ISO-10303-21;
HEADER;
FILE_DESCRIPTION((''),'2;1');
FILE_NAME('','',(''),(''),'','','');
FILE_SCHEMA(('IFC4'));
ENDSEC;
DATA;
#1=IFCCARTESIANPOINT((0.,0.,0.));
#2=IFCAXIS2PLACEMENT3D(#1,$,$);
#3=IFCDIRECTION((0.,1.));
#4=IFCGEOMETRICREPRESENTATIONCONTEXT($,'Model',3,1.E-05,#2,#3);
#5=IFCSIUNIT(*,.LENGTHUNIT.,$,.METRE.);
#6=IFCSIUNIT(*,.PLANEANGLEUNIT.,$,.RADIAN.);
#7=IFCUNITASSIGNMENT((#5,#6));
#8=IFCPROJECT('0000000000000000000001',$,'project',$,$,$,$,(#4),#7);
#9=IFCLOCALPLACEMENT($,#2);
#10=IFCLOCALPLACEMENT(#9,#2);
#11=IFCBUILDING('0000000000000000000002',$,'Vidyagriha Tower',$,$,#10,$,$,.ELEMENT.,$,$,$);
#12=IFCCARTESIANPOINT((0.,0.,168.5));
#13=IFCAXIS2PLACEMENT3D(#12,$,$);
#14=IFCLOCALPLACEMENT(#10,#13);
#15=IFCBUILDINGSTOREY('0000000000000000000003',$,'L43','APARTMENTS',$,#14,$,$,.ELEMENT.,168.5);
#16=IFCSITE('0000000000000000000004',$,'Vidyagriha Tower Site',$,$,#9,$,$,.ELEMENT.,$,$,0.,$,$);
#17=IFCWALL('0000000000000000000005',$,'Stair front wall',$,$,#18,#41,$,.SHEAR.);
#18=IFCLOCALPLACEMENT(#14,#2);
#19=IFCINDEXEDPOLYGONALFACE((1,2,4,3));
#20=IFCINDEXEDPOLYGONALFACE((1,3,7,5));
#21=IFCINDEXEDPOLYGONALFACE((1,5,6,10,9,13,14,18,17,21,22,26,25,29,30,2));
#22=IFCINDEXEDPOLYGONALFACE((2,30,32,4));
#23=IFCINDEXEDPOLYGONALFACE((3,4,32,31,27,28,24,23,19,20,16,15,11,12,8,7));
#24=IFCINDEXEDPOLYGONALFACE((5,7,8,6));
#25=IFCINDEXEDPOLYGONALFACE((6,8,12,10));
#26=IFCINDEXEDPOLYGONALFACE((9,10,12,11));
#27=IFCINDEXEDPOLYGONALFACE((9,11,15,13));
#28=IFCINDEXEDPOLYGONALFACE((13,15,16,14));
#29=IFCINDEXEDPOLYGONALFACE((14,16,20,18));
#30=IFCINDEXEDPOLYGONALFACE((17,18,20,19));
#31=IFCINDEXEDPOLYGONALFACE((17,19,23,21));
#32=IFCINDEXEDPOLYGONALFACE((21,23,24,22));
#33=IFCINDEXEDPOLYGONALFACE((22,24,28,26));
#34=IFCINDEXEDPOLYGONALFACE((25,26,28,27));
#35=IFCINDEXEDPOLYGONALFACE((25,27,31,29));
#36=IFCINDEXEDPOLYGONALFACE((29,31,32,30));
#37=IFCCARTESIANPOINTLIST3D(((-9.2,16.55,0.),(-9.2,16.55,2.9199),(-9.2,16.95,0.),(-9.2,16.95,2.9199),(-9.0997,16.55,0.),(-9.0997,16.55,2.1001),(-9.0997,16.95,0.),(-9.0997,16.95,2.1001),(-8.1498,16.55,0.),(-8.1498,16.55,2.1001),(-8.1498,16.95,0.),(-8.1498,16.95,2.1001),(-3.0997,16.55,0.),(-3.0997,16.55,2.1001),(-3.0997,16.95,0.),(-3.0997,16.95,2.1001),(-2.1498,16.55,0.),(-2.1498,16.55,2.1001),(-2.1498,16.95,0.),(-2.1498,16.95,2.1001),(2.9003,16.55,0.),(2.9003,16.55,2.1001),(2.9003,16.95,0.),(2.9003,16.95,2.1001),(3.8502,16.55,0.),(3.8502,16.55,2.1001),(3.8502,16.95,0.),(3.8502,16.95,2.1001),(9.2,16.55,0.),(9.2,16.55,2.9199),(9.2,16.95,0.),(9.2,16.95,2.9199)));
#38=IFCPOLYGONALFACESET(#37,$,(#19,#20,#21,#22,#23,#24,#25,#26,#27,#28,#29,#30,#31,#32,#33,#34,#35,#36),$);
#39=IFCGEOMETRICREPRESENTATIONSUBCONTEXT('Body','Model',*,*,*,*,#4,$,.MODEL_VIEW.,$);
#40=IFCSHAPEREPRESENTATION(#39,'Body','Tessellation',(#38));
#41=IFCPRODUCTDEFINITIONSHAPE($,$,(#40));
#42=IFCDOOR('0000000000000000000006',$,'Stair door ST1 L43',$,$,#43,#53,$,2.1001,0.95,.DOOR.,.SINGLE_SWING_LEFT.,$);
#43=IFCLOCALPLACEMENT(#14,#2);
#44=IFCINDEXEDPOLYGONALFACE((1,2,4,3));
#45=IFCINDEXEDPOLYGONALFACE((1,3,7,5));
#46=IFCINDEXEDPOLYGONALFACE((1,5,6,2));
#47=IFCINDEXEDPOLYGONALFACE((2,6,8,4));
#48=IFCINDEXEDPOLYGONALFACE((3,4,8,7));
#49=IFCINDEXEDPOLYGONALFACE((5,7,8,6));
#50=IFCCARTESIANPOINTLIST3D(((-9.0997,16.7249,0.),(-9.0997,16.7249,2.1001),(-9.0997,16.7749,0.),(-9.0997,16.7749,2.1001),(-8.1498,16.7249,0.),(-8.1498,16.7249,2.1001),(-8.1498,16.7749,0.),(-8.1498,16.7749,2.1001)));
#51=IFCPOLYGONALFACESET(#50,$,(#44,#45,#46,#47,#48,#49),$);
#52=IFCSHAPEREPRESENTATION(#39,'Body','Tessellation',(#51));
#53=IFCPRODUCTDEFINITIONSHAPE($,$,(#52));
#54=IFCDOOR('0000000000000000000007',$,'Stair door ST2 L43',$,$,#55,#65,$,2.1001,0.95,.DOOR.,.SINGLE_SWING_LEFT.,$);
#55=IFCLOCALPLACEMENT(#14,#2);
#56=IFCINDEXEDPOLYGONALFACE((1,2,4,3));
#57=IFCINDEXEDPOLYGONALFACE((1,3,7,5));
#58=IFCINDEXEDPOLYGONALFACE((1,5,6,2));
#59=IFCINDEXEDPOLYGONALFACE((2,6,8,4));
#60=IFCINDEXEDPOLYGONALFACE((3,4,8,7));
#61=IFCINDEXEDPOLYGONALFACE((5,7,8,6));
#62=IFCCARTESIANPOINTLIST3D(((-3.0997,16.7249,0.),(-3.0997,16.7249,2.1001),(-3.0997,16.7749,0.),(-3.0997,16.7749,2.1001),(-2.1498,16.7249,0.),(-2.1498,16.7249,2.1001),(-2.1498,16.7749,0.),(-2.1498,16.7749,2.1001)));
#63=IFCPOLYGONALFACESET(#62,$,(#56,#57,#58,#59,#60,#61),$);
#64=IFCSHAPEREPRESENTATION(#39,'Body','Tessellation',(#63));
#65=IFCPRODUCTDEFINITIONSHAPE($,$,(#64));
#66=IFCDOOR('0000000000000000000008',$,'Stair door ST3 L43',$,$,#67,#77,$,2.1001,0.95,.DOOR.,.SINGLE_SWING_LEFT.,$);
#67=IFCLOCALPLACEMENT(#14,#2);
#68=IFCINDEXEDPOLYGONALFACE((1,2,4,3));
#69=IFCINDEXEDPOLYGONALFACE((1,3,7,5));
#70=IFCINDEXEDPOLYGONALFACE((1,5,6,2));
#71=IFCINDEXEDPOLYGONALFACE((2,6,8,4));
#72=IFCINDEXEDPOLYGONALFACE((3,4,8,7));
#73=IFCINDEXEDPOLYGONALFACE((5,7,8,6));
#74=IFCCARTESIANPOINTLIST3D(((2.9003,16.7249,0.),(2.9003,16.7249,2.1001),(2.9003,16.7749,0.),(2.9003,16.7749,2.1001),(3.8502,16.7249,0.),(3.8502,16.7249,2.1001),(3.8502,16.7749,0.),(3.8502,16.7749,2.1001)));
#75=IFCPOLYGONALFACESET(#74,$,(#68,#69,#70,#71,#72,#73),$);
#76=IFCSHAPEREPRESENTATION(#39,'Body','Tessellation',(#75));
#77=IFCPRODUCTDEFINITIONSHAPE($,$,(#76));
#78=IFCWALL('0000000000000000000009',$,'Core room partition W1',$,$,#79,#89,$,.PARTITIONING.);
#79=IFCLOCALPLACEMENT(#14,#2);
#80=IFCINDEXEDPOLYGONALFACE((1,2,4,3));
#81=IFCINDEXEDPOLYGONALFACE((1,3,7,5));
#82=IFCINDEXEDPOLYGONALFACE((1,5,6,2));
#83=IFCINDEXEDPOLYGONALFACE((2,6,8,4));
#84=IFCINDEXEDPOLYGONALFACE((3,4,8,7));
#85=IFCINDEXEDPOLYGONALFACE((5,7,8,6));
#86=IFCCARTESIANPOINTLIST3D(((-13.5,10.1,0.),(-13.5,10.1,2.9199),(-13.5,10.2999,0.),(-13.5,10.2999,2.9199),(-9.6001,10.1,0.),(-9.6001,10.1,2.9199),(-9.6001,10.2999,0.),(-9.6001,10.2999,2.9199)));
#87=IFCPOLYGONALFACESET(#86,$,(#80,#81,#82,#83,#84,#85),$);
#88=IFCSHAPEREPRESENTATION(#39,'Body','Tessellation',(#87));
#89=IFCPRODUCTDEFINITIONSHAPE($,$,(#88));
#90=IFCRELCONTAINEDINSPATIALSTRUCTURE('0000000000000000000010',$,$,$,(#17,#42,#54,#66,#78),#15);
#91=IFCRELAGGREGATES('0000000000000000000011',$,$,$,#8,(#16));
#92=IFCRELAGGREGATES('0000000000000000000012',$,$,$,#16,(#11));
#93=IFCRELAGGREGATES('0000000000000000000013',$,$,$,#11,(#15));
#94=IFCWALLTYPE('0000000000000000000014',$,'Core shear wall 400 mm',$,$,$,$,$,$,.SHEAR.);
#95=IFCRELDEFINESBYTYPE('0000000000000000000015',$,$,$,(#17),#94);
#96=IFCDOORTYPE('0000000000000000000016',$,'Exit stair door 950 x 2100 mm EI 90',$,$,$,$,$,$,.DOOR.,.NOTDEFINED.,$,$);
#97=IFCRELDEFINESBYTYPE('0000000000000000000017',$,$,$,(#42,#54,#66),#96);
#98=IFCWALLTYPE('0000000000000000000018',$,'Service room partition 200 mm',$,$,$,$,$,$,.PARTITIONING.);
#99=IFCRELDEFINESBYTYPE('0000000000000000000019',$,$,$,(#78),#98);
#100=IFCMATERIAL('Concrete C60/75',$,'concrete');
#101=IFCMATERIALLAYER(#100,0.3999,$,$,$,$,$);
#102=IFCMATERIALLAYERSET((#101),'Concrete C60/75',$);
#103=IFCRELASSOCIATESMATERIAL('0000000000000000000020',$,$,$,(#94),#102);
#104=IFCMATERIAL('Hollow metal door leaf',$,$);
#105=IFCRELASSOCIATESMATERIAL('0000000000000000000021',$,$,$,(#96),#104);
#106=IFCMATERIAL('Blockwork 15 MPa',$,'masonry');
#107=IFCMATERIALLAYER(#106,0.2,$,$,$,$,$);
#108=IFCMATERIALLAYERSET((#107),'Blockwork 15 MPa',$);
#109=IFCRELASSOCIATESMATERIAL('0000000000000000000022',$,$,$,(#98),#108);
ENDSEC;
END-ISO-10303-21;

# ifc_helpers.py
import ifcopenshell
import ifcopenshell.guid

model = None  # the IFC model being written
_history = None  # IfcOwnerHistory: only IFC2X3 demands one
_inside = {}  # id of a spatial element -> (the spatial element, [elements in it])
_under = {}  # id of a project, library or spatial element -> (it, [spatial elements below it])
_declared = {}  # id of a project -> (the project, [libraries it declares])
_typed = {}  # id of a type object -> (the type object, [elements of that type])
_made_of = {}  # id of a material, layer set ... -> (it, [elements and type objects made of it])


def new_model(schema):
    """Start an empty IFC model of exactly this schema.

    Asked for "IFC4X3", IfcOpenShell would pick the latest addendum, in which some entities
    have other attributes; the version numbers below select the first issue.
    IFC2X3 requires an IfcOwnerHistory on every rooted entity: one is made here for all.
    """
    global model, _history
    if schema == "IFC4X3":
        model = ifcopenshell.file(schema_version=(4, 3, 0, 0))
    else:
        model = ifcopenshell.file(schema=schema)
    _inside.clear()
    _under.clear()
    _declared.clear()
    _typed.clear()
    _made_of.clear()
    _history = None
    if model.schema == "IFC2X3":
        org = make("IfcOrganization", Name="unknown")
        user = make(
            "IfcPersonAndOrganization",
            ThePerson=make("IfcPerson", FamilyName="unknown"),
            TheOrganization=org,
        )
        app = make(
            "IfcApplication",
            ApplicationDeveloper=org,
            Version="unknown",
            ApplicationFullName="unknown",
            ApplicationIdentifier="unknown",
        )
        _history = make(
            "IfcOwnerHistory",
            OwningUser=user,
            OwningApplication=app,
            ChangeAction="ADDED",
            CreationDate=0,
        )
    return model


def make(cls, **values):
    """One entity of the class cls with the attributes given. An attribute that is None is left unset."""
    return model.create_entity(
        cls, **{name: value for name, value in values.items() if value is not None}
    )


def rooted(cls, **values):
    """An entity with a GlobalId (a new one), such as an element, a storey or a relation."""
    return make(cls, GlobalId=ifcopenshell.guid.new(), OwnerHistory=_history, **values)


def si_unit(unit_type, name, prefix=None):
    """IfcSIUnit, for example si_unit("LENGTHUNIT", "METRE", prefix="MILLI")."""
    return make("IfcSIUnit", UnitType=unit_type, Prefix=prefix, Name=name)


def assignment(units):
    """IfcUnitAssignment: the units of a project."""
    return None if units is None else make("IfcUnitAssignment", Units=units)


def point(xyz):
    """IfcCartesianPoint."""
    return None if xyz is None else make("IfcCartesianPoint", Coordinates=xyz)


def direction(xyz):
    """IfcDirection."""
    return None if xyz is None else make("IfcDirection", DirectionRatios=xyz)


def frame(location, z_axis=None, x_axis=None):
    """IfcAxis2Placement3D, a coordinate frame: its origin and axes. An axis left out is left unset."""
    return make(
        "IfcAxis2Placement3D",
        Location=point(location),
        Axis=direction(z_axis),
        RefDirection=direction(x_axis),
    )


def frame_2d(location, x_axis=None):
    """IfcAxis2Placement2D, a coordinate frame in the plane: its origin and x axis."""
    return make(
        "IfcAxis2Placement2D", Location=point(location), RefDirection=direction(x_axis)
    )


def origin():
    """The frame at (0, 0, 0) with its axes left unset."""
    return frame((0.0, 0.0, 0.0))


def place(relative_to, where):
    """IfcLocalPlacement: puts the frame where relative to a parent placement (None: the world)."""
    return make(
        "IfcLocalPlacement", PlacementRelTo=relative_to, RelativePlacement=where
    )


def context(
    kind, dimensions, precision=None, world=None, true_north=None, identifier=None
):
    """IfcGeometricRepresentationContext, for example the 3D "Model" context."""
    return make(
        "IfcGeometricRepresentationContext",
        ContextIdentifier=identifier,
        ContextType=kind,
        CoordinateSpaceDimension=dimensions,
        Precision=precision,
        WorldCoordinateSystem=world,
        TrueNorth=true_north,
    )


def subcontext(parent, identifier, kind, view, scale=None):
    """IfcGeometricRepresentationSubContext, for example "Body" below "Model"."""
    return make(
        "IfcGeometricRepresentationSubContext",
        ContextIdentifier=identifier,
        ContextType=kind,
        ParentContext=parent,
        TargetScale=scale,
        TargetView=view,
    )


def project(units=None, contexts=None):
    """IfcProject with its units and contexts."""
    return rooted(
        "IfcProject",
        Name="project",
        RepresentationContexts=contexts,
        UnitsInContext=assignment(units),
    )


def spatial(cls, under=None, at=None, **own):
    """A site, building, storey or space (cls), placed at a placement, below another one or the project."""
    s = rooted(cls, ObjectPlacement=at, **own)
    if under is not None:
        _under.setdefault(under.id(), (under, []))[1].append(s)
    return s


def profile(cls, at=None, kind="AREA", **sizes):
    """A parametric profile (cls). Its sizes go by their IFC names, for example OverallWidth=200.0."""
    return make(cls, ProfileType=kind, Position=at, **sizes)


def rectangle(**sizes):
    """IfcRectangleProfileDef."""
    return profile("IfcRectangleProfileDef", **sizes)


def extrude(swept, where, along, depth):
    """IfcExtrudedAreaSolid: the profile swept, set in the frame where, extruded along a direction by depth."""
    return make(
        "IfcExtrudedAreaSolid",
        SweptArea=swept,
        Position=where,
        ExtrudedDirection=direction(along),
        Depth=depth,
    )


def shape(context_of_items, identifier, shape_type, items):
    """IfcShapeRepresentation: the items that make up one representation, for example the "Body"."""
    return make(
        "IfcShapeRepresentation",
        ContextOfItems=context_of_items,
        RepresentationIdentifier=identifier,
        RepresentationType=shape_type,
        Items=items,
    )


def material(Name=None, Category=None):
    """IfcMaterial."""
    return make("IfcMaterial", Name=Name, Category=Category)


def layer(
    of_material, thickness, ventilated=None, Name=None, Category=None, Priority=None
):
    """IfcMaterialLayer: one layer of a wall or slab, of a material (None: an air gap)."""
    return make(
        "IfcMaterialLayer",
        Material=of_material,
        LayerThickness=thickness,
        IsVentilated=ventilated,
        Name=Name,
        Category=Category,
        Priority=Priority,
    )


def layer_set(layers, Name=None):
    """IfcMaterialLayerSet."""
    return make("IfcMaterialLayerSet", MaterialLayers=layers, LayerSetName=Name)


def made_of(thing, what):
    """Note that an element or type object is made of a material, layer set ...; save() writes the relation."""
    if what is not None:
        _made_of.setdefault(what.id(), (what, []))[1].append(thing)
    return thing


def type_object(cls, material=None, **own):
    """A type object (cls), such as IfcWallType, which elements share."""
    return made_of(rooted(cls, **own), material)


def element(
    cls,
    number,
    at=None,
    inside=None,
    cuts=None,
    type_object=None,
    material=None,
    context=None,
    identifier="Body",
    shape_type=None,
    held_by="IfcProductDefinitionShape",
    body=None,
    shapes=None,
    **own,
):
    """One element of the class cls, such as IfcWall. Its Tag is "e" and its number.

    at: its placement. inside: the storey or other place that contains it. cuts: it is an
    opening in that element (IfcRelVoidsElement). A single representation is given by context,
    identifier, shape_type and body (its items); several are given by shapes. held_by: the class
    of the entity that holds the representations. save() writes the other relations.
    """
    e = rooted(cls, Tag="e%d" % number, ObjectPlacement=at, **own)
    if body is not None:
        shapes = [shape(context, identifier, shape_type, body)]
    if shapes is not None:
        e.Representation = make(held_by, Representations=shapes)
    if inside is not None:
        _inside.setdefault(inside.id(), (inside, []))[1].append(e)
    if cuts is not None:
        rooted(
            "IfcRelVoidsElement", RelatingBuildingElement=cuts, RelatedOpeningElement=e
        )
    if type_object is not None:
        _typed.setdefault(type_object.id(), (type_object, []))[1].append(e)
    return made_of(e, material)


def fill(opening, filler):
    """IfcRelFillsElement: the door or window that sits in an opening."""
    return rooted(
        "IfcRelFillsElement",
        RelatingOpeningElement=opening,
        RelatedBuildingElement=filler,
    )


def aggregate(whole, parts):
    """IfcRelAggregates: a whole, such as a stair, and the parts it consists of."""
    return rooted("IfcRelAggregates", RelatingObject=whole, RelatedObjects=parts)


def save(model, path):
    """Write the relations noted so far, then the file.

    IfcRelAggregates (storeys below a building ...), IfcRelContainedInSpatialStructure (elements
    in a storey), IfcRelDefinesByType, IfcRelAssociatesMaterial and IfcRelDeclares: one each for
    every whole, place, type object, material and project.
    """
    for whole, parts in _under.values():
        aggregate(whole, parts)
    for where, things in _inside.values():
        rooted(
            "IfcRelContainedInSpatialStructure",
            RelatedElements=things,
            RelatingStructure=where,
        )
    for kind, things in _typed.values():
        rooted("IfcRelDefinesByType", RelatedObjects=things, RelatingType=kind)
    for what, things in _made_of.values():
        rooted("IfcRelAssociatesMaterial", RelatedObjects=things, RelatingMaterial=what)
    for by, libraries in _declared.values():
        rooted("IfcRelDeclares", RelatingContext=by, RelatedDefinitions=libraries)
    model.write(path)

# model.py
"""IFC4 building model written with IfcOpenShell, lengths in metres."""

from ifc_helpers import new_model, si_unit, direction, frame, frame_2d, origin, place, context, subcontext, project, spatial, rectangle, extrude, material, layer, layer_set, type_object, element, fill, save


model = new_model("IFC4")

# Units and contexts
model_context = context("Model", 3, precision=1e-05, world=origin(), true_north=direction((0.0, 1.0)))
body_context = subcontext(model_context, "Body", "Model", "MODEL_VIEW")
ifc_project = project(units=[si_unit("LENGTHUNIT", "METRE"), si_unit("PLANEANGLEUNIT", "RADIAN")], contexts=[model_context])

# Site, building, storey
site_placement = place(None, origin())
site = spatial("IfcSite", under=ifc_project, at=site_placement, Name="Vidyagriha Tower Site", CompositionType="ELEMENT", RefElevation=0.0)
building_placement = place(site_placement, origin())
building = spatial("IfcBuilding", under=site, at=building_placement, Name="Vidyagriha Tower", CompositionType="ELEMENT")
storey_placement = place(building_placement, frame((0.0, 0.0, 168.5)))
storey = spatial("IfcBuildingStorey", under=building, at=storey_placement, Name="L43", Description="APARTMENTS", CompositionType="ELEMENT", Elevation=168.5)

# Shared definitions
ifc_material_1 = material(Name="Concrete C60/75", Category="concrete")
ifc_layer_1 = layer(ifc_material_1, 0.3999)
ifc_layer_set_1 = layer_set([ifc_layer_1], Name="Concrete C60/75")
wall_type_1 = type_object("IfcWallType", Name="Core shear wall 400 mm", PredefinedType="SHEAR", material=ifc_layer_set_1)

# Wall, openings, doors
wall_1_placement = place(storey_placement, frame((-9.2, 16.75, 0.0)))
wall_1 = element("IfcWall", 1, at=wall_1_placement, inside=storey, type_object=wall_type_1, Name="Stair front wall", PredefinedType="SHEAR", context=body_context, shape_type="SweptSolid", body=[
    extrude(rectangle(XDim=18.3999, YDim=0.3999, at=frame_2d((9.2, 0.0))), origin(), (0.0, 0.0, 1.0), 2.9199),
])
opening_1_placement = place(wall_1_placement, frame((0.1001, 0.0, 0.0)))
opening_1 = element("IfcOpeningElement", 2, at=opening_1_placement, cuts=wall_1, PredefinedType="OPENING", context=body_context, shape_type="SweptSolid", body=[
    extrude(rectangle(XDim=0.95, YDim=2.1001, at=frame_2d((0.4751, 1.05))), frame((0.0, 0.21, 0.0), z_axis=(0.0, -1.0, 0.0), x_axis=(1.0, 0.0, 0.0)), (0.0, 0.0, 1.0), 0.4199),
])
opening_2_placement = place(wall_1_placement, frame((6.1001, 0.0, 0.0)))
opening_2 = element("IfcOpeningElement", 3, at=opening_2_placement, cuts=wall_1, PredefinedType="OPENING", context=body_context, shape_type="SweptSolid", body=[
    extrude(rectangle(XDim=0.95, YDim=2.1001, at=frame_2d((0.4751, 1.05))), frame((0.0, 0.21, 0.0), z_axis=(0.0, -1.0, 0.0), x_axis=(1.0, 0.0, 0.0)), (0.0, 0.0, 1.0), 0.4199),
])
opening_3_placement = place(wall_1_placement, frame((12.1001, 0.0, 0.0)))
opening_3 = element("IfcOpeningElement", 4, at=opening_3_placement, cuts=wall_1, PredefinedType="OPENING", context=body_context, shape_type="SweptSolid", body=[
    extrude(rectangle(XDim=0.95, YDim=2.1001, at=frame_2d((0.4751, 1.05))), frame((0.0, 0.21, 0.0), z_axis=(0.0, -1.0, 0.0), x_axis=(1.0, 0.0, 0.0)), (0.0, 0.0, 1.0), 0.4199),
])
ifc_material_2 = material(Name="Hollow metal door leaf")
door_type_1 = type_object("IfcDoorType", Name="Exit stair door 950 x 2100 mm EI 90", OperationType="NOTDEFINED", PredefinedType="DOOR", material=ifc_material_2)
door_1_placement = place(opening_1_placement, origin())
door_1 = element("IfcDoor", 5, at=door_1_placement, inside=storey, type_object=door_type_1, Name="Stair door ST1 L43", OperationType="SINGLE_SWING_LEFT", OverallHeight=2.1001, OverallWidth=0.95, PredefinedType="DOOR", context=body_context, shape_type="SweptSolid", body=[
    extrude(rectangle(XDim=0.95, YDim=2.1001, at=frame_2d((0.4751, 1.05))), frame((0.0, 0.0249, 0.0), z_axis=(0.0, -1.0, 0.0), x_axis=(1.0, 0.0, 0.0)), (0.0, 0.0, 1.0), 0.05),
])
fill(opening_1, door_1)
door_2_placement = place(opening_2_placement, origin())
door_2 = element("IfcDoor", 6, at=door_2_placement, inside=storey, type_object=door_type_1, Name="Stair door ST2 L43", OperationType="SINGLE_SWING_LEFT", OverallHeight=2.1001, OverallWidth=0.95, PredefinedType="DOOR", context=body_context, shape_type="SweptSolid", body=[
    extrude(rectangle(XDim=0.95, YDim=2.1001, at=frame_2d((0.4751, 1.05))), frame((0.0, 0.0249, 0.0), z_axis=(0.0, -1.0, 0.0), x_axis=(1.0, 0.0, 0.0)), (0.0, 0.0, 1.0), 0.05),
])
fill(opening_2, door_2)
door_3_placement = place(opening_3_placement, origin())
door_3 = element("IfcDoor", 7, at=door_3_placement, inside=storey, type_object=door_type_1, Name="Stair door ST3 L43", OperationType="SINGLE_SWING_LEFT", OverallHeight=2.1001, OverallWidth=0.95, PredefinedType="DOOR", context=body_context, shape_type="SweptSolid", body=[
    extrude(rectangle(XDim=0.95, YDim=2.1001, at=frame_2d((0.4751, 1.05))), frame((0.0, 0.0249, 0.0), z_axis=(0.0, -1.0, 0.0), x_axis=(1.0, 0.0, 0.0)), (0.0, 0.0, 1.0), 0.05),
])
fill(opening_3, door_3)

# Wall
ifc_material_3 = material(Name="Blockwork 15 MPa", Category="masonry")
ifc_layer_2 = layer(ifc_material_3, 0.2)
ifc_layer_set_2 = layer_set([ifc_layer_2], Name="Blockwork 15 MPa")
wall_type_2 = type_object("IfcWallType", Name="Service room partition 200 mm", PredefinedType="PARTITIONING", material=ifc_layer_set_2)
wall_2_placement = place(storey_placement, frame((-13.5, 10.2, 0.0)))
element("IfcWall", 8, at=wall_2_placement, inside=storey, type_object=wall_type_2, Name="Core room partition W1", PredefinedType="PARTITIONING", context=body_context, shape_type="SweptSolid", body=[
    extrude(rectangle(XDim=3.8999, YDim=0.2, at=frame_2d((1.95, 0.0))), origin(), (0.0, 0.0, 1.0), 2.9199),
])

save(model, "model.ifc")
